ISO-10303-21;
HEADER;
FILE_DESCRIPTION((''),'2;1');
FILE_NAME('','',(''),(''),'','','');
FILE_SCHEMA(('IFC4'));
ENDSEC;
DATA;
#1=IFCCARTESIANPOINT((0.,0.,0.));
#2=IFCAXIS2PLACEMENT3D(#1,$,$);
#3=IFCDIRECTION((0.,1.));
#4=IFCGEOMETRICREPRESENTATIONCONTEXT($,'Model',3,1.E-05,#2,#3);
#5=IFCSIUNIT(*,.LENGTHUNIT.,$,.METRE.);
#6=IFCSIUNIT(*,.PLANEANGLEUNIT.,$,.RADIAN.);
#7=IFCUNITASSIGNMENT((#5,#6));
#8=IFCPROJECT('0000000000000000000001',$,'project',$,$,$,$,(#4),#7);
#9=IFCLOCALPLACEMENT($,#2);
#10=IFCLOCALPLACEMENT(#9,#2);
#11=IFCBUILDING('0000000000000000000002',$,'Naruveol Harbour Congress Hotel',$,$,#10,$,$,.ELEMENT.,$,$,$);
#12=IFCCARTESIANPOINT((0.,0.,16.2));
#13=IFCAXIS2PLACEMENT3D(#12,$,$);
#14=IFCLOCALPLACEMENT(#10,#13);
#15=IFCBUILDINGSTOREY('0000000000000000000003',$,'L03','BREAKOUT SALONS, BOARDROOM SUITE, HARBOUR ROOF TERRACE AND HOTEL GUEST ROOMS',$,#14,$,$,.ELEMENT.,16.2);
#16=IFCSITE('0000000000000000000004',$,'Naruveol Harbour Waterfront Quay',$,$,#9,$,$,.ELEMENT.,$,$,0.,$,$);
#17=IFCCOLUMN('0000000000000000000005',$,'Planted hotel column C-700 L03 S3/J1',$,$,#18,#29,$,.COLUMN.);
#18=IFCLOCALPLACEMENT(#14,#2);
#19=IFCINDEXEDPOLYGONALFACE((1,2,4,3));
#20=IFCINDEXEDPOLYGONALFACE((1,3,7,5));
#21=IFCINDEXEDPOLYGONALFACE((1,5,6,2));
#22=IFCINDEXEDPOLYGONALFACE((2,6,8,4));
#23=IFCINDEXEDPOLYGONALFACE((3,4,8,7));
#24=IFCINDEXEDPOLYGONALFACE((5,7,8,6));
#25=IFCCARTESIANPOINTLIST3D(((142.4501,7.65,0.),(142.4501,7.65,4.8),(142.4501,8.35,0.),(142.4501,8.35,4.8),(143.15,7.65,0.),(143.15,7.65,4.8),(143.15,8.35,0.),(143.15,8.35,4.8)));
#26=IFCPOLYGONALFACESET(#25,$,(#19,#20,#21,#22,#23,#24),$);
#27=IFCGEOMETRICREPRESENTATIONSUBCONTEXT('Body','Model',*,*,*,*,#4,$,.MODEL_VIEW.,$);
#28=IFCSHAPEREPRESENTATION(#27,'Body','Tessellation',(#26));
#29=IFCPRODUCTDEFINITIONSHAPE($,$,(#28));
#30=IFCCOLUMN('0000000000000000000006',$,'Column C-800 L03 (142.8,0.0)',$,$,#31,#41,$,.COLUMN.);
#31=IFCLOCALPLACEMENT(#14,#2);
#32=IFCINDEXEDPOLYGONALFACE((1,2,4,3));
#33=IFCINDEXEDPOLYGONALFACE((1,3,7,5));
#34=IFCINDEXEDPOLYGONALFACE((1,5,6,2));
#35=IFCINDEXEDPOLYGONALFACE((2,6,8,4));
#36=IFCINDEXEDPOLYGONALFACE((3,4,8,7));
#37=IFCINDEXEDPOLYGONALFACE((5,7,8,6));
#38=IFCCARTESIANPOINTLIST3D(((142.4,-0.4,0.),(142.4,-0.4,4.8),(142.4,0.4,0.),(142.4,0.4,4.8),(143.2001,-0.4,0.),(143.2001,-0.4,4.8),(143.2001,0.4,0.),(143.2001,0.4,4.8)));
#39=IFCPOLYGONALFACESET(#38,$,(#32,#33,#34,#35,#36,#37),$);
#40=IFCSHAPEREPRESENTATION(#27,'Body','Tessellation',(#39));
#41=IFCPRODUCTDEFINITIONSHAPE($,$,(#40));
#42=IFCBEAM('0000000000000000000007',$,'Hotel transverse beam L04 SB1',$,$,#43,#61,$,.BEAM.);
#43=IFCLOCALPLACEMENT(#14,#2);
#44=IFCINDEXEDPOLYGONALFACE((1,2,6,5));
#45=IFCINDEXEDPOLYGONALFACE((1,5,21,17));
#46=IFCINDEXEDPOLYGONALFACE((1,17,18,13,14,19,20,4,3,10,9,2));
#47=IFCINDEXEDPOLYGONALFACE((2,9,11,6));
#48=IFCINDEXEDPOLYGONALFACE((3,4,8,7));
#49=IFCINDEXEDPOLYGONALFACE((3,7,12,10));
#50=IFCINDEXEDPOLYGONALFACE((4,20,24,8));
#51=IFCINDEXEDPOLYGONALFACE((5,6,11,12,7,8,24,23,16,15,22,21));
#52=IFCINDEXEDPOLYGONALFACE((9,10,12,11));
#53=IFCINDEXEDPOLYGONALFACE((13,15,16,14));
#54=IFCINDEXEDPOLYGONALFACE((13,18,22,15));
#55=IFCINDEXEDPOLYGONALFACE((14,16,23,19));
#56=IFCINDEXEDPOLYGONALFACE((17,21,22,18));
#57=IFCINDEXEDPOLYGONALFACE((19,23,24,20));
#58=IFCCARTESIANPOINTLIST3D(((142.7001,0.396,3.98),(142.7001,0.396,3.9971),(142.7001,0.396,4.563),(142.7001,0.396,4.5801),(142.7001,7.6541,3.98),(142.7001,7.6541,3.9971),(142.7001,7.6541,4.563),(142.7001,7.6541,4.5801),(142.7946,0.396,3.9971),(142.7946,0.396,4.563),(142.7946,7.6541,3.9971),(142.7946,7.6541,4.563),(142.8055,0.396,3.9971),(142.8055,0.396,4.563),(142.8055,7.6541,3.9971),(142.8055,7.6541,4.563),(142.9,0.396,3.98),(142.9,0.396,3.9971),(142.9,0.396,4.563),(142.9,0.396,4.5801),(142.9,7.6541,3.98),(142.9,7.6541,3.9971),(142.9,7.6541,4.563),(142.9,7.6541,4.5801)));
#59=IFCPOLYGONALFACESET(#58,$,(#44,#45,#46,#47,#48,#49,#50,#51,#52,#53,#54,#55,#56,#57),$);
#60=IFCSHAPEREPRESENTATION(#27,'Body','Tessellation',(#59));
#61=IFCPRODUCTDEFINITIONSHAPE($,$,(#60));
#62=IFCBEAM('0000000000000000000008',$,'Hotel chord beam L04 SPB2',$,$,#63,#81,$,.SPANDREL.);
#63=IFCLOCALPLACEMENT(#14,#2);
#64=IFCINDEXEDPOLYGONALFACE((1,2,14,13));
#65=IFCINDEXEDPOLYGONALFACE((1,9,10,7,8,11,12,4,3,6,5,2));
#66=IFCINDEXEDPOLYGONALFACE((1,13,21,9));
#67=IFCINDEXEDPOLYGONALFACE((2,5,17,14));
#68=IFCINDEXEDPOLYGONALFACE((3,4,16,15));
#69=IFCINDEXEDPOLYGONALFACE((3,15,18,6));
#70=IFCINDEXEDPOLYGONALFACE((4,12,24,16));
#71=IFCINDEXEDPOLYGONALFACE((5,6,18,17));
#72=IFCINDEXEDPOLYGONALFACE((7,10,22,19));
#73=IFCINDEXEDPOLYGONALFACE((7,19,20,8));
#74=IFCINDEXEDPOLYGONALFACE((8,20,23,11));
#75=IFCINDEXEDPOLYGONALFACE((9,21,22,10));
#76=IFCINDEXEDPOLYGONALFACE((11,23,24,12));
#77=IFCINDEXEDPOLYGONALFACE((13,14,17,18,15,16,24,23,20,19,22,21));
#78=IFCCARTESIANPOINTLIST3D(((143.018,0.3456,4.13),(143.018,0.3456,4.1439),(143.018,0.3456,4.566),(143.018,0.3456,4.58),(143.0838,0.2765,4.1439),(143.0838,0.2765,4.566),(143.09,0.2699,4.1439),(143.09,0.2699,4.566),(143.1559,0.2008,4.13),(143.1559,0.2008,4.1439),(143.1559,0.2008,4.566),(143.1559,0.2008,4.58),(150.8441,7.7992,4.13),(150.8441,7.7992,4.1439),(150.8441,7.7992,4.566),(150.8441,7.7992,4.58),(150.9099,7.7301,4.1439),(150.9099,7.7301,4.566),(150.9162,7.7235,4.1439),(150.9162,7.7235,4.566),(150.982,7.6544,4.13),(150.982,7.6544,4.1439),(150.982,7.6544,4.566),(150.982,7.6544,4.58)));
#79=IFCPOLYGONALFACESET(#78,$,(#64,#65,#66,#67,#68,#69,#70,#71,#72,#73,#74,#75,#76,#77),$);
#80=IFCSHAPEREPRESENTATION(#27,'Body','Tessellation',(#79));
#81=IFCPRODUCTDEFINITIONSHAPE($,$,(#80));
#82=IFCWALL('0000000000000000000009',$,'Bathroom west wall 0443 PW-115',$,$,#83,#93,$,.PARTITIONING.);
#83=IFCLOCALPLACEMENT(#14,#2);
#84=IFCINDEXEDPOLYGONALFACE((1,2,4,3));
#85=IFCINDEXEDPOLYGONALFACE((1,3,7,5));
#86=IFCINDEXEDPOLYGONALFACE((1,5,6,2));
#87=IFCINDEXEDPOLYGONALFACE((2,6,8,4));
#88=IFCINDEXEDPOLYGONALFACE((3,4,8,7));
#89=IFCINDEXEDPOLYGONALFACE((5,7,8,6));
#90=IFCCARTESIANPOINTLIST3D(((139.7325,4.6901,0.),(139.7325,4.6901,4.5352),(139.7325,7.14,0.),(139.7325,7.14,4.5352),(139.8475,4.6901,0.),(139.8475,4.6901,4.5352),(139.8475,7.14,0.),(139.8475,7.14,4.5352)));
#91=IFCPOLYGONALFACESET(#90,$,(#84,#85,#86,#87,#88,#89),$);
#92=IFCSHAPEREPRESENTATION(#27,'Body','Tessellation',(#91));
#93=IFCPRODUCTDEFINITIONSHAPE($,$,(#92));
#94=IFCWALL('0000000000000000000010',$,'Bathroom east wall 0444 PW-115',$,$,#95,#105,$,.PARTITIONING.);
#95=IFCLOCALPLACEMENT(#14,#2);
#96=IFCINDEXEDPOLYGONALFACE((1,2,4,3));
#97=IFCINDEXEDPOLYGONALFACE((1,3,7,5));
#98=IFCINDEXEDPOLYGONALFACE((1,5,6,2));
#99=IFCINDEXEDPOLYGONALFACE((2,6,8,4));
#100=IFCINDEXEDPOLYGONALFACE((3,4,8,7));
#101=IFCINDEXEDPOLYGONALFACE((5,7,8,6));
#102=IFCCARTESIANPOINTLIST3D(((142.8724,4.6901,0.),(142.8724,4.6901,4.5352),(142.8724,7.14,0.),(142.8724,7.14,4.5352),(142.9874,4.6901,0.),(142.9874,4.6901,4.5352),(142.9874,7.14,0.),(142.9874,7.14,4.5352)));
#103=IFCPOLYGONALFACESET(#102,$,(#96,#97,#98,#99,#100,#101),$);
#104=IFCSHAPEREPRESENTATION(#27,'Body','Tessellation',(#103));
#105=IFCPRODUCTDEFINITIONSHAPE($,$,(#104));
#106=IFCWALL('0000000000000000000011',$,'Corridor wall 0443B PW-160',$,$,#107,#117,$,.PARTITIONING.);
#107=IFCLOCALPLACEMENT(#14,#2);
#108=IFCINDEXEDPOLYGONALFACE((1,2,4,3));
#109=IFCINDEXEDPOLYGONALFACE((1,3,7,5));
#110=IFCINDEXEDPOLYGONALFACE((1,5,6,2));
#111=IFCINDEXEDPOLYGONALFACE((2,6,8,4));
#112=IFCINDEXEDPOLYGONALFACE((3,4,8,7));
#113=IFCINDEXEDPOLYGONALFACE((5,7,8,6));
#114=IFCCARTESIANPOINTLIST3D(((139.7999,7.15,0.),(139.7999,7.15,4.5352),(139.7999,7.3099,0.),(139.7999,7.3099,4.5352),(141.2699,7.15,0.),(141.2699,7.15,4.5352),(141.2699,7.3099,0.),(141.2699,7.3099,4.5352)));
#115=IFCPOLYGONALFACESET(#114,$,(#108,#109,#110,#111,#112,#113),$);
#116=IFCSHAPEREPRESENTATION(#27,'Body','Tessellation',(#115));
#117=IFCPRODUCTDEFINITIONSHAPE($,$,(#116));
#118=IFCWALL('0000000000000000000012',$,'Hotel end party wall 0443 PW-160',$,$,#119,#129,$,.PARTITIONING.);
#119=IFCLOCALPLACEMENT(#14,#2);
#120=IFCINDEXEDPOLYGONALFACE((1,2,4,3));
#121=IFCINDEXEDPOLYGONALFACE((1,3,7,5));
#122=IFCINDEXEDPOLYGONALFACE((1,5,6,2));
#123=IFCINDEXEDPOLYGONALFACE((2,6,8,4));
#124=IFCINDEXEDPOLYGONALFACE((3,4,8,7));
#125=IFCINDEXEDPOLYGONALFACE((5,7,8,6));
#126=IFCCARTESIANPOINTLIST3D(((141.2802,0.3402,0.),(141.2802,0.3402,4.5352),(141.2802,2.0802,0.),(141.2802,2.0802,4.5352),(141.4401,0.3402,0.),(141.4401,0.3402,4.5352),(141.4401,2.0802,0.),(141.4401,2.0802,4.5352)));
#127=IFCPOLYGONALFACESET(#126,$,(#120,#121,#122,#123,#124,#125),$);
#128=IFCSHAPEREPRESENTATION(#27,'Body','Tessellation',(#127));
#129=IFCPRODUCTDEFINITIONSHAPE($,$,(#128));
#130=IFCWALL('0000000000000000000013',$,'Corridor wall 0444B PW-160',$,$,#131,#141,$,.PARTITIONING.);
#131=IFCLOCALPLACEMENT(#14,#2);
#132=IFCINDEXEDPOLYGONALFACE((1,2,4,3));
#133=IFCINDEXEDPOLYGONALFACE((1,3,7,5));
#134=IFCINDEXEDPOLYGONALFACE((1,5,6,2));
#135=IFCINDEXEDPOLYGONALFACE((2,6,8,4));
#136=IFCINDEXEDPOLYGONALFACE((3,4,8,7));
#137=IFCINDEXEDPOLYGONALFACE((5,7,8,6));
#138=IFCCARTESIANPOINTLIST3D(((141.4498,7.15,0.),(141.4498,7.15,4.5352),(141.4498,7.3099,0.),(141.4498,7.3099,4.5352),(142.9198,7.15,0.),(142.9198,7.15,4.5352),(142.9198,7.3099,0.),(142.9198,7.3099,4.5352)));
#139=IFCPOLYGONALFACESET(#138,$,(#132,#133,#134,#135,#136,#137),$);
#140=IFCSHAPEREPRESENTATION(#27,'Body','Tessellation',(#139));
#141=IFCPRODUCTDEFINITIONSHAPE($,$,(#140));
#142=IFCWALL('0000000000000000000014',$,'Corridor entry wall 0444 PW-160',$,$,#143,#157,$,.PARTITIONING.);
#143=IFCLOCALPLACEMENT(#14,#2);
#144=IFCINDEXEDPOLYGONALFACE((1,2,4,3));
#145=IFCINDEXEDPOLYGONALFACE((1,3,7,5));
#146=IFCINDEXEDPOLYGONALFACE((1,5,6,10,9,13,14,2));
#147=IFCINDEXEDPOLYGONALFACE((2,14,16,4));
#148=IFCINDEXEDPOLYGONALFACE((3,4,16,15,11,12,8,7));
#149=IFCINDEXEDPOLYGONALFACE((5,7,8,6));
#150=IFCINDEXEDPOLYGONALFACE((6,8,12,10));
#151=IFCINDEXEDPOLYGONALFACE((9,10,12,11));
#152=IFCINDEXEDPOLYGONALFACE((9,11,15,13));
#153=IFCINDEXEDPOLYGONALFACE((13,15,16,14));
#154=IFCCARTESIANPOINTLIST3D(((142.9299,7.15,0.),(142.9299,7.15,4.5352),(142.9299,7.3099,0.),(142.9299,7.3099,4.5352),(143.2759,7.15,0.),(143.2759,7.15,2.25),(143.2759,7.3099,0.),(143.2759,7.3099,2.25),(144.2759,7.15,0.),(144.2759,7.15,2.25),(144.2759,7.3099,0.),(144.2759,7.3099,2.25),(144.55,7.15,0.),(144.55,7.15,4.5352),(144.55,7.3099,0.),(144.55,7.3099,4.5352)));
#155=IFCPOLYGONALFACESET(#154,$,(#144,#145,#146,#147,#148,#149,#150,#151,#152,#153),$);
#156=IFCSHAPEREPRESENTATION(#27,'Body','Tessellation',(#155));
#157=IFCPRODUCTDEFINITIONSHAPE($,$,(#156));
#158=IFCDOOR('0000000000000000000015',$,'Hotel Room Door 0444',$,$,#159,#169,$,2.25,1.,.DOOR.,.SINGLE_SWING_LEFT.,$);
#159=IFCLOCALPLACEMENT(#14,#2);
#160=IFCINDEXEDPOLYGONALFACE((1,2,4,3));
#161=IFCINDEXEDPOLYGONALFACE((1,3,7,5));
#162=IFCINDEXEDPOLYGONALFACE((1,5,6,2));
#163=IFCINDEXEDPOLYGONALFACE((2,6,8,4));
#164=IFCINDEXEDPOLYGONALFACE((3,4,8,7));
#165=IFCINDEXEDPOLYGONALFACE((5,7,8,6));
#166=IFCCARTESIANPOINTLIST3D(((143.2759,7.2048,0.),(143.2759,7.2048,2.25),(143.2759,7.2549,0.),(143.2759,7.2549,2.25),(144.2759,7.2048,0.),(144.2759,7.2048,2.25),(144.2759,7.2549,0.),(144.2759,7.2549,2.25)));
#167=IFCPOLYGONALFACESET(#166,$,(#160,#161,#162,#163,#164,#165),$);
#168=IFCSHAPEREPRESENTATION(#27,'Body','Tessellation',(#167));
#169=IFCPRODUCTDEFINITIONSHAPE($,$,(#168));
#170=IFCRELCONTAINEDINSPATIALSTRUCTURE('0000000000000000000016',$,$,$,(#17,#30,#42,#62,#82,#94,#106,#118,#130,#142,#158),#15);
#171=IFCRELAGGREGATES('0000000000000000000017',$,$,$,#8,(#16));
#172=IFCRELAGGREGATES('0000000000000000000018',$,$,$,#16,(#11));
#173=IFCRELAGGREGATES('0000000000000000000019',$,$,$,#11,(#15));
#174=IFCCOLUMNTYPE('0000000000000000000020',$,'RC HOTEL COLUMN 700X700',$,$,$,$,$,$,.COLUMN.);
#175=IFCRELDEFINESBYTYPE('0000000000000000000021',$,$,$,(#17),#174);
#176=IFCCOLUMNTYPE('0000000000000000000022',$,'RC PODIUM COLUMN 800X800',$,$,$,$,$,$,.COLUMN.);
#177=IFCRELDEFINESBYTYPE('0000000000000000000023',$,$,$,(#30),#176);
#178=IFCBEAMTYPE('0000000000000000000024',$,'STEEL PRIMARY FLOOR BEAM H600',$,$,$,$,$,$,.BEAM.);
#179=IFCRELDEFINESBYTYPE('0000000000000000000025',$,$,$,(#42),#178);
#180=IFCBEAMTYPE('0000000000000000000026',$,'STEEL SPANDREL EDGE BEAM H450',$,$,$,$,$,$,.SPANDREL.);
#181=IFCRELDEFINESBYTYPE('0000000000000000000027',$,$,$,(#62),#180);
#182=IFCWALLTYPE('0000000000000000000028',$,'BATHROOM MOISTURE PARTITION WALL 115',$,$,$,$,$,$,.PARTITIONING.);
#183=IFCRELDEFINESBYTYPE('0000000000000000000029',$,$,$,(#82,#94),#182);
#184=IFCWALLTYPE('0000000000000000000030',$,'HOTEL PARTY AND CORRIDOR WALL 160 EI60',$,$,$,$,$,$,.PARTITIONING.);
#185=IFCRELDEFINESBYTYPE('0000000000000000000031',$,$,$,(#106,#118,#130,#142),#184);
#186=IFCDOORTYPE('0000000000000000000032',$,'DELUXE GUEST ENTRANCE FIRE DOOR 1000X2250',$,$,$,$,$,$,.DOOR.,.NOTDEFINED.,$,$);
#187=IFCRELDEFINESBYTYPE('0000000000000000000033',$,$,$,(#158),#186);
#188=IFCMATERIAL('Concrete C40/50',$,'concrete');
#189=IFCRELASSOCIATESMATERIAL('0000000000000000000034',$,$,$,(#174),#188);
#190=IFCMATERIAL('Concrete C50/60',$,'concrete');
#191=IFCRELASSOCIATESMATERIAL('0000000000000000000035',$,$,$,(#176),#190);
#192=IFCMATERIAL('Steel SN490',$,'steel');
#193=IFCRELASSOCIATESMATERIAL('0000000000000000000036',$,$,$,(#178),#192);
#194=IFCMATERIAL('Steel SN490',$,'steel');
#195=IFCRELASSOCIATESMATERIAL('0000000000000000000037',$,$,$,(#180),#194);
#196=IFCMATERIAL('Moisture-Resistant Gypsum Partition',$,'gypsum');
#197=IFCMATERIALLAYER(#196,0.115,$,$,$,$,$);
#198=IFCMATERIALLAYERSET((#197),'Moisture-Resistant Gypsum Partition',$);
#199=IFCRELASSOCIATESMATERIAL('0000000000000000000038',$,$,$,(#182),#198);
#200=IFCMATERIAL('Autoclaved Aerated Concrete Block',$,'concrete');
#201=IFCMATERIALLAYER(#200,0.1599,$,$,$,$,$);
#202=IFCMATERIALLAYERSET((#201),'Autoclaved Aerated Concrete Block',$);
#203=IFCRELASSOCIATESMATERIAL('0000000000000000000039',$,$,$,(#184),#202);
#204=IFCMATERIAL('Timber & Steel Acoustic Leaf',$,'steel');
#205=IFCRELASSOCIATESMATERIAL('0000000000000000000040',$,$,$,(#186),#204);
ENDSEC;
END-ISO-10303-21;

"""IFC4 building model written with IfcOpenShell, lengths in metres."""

from ifc_helpers import new_model, si_unit, direction, frame, frame_2d, origin, origin_2d, place, context, subcontext, project, spatial, rectangle, i_section, extrude, material, layer, layer_set, material_profile, profile_set, type_object, element, fill, save


model = new_model("IFC4")

# Units and contexts
model_context = context("Model", 3, precision=1e-05, world=origin(), true_north=direction((0.0, 1.0)))
body_context = subcontext(model_context, "Body", "Model", "MODEL_VIEW")
ifc_project = project(units=[si_unit("LENGTHUNIT", "METRE"), si_unit("PLANEANGLEUNIT", "RADIAN")], contexts=[model_context])

# Site, building, storey
site_placement = place(None, origin())
site = spatial("IfcSite", under=ifc_project, at=site_placement, Name="Naruveol Harbour Waterfront Quay", CompositionType="ELEMENT", RefElevation=0.0)
building_placement = place(site_placement, origin())
building = spatial("IfcBuilding", under=site, at=building_placement, Name="Naruveol Harbour Congress Hotel", CompositionType="ELEMENT")
storey_placement = place(building_placement, frame((0.0, 0.0, 16.2)))
storey = spatial("IfcBuildingStorey", under=building, at=storey_placement, Name="L03", Description="BREAKOUT SALONS, BOARDROOM SUITE, HARBOUR ROOF TERRACE AND HOTEL GUEST ROOMS", CompositionType="ELEMENT", Elevation=16.2)

# Columns
ifc_material_1 = material(Name="Concrete C40/50", Category="concrete")
ifc_material_profile_1 = material_profile(ifc_material_1, rectangle(XDim=0.7, YDim=0.7, at=origin_2d()), Name="RC-700x700")
ifc_profile_set_1 = profile_set([ifc_material_profile_1], Name="Concrete C40/50")
column_type_1 = type_object("IfcColumnType", Name="RC HOTEL COLUMN 700X700", PredefinedType="COLUMN", material=ifc_profile_set_1)
column_1_placement = place(storey_placement, frame((142.8, 8.0, 0.0), z_axis=(0.0, 0.0, 1.0), x_axis=(1.0, 0.0, 0.0)))
element("IfcColumn", 1, at=column_1_placement, inside=storey, type_object=column_type_1, Name="Planted hotel column C-700 L03 S3/J1", PredefinedType="COLUMN", context=body_context, shape_type="SweptSolid", body=[
    extrude(rectangle(XDim=0.7, YDim=0.7, at=origin_2d()), origin(), (0.0, 0.0, 1.0), 4.8),
])
ifc_material_2 = material(Name="Concrete C50/60", Category="concrete")
ifc_material_profile_2 = material_profile(ifc_material_2, rectangle(XDim=0.8, YDim=0.8, at=origin_2d()), Name="RC-800x800")
ifc_profile_set_2 = profile_set([ifc_material_profile_2], Name="Concrete C50/60")
column_type_2 = type_object("IfcColumnType", Name="RC PODIUM COLUMN 800X800", PredefinedType="COLUMN", material=ifc_profile_set_2)
column_2_placement = place(storey_placement, frame((142.8, 0.0, 0.0), z_axis=(0.0, 0.0, 1.0), x_axis=(1.0, 0.0, 0.0)))
element("IfcColumn", 2, at=column_2_placement, inside=storey, type_object=column_type_2, Name="Column C-800 L03 (142.8,0.0)", PredefinedType="COLUMN", context=body_context, shape_type="SweptSolid", body=[
    extrude(rectangle(XDim=0.8, YDim=0.8, at=origin_2d()), origin(), (0.0, 0.0, 1.0), 4.8),
])

# Beams
ifc_material_3 = material(Name="Steel SN490", Category="steel")
ifc_material_profile_3 = material_profile(ifc_material_3, i_section(OverallWidth=0.2, OverallDepth=0.6001, WebThickness=0.011, FlangeThickness=0.0171, at=origin_2d()), Name="H-600x200x11x17")
ifc_profile_set_3 = profile_set([ifc_material_profile_3], Name="Steel SN490")
beam_type_1 = type_object("IfcBeamType", Name="STEEL PRIMARY FLOOR BEAM H600", PredefinedType="BEAM", material=ifc_profile_set_3)
beam_1_placement = place(storey_placement, frame((142.8, 0.396, 4.28), z_axis=(0.0, 1.0, 0.0), x_axis=(-1.0, 0.0, 0.0)))
element("IfcBeam", 3, at=beam_1_placement, inside=storey, type_object=beam_type_1, Name="Hotel transverse beam L04 SB1", PredefinedType="BEAM", context=body_context, shape_type="SweptSolid", body=[
    extrude(i_section(OverallWidth=0.2, OverallDepth=0.6001, WebThickness=0.011, FlangeThickness=0.0171, at=origin_2d()), origin(), (0.0, 0.0, 1.0), 7.2581),
])
ifc_material_4 = material(Name="Steel SN490", Category="steel")
ifc_material_profile_4 = material_profile(ifc_material_4, i_section(OverallWidth=0.2, OverallDepth=0.45, WebThickness=0.009, FlangeThickness=0.0139, at=origin_2d()), Name="H-450x200x9x14")
ifc_profile_set_4 = profile_set([ifc_material_profile_4], Name="Steel SN490")
beam_type_2 = type_object("IfcBeamType", Name="STEEL SPANDREL EDGE BEAM H450", PredefinedType="SPANDREL", material=ifc_profile_set_4)
beam_2_placement = place(storey_placement, frame((143.0869, 0.2732, 4.355), z_axis=(0.724133, 0.689661, 0.0), x_axis=(-0.689661, 0.724133, 0.0)))
element("IfcBeam", 4, at=beam_2_placement, inside=storey, type_object=beam_type_2, Name="Hotel chord beam L04 SPB2", PredefinedType="SPANDREL", context=body_context, shape_type="SweptSolid", body=[
    extrude(i_section(OverallWidth=0.2, OverallDepth=0.45, WebThickness=0.009, FlangeThickness=0.0139, at=origin_2d()), origin(), (0.0, 0.0, 1.0), 10.8076),
])

# Wall
ifc_material_5 = material(Name="Moisture-Resistant Gypsum Partition", Category="gypsum")
ifc_layer_1 = layer(ifc_material_5, 0.115)
ifc_layer_set_1 = layer_set([ifc_layer_1], Name="Moisture-Resistant Gypsum Partition")
wall_type_1 = type_object("IfcWallType", Name="BATHROOM MOISTURE PARTITION WALL 115", PredefinedType="PARTITIONING", material=ifc_layer_set_1)
wall_1_placement = place(storey_placement, frame((139.79, 4.6899, 0.0), z_axis=(0.0, 0.0, 1.0), x_axis=(0.0, 1.0, 0.0)))
element("IfcWall", 5, at=wall_1_placement, inside=storey, type_object=wall_type_1, Name="Bathroom west wall 0443 PW-115", PredefinedType="PARTITIONING", context=body_context, shape_type="SweptSolid", body=[
    extrude(rectangle(XDim=2.45, YDim=0.115, at=frame_2d((1.2251, 0.0))), origin(), (0.0, 0.0, 1.0), 4.5352),
])

# Wall
wall_2_placement = place(storey_placement, frame((142.9299, 4.6899, 0.0), z_axis=(0.0, 0.0, 1.0), x_axis=(0.0, 1.0, 0.0)))
element("IfcWall", 6, at=wall_2_placement, inside=storey, type_object=wall_type_1, Name="Bathroom east wall 0444 PW-115", PredefinedType="PARTITIONING", context=body_context, shape_type="SweptSolid", body=[
    extrude(rectangle(XDim=2.45, YDim=0.115, at=frame_2d((1.2251, 0.0))), origin(), (0.0, 0.0, 1.0), 4.5352),
])

# Walls
ifc_material_6 = material(Name="Autoclaved Aerated Concrete Block", Category="concrete")
ifc_layer_2 = layer(ifc_material_6, 0.1599)
ifc_layer_set_2 = layer_set([ifc_layer_2], Name="Autoclaved Aerated Concrete Block")
wall_type_2 = type_object("IfcWallType", Name="HOTEL PARTY AND CORRIDOR WALL 160 EI60", PredefinedType="PARTITIONING", material=ifc_layer_set_2)
wall_3_placement = place(storey_placement, frame((139.8, 7.23, 0.0), z_axis=(0.0, 0.0, 1.0), x_axis=(1.0, 0.0, 0.0)))
element("IfcWall", 7, at=wall_3_placement, inside=storey, type_object=wall_type_2, Name="Corridor wall 0443B PW-160", PredefinedType="PARTITIONING", context=body_context, shape_type="SweptSolid", body=[
    extrude(rectangle(XDim=1.47, YDim=0.1599, at=frame_2d((0.7349, 0.0))), origin(), (0.0, 0.0, 1.0), 4.5352),
])
wall_4_placement = place(storey_placement, frame((141.3601, 0.3401, 0.0), z_axis=(0.0, 0.0, 1.0), x_axis=(0.0, 1.0, 0.0)))
element("IfcWall", 8, at=wall_4_placement, inside=storey, type_object=wall_type_2, Name="Hotel end party wall 0443 PW-160", PredefinedType="PARTITIONING", context=body_context, shape_type="SweptSolid", body=[
    extrude(rectangle(XDim=1.74, YDim=0.1599, at=frame_2d((0.8701, 0.0))), origin(), (0.0, 0.0, 1.0), 4.5352),
])
wall_5_placement = place(storey_placement, frame((141.45, 7.23, 0.0), z_axis=(0.0, 0.0, 1.0), x_axis=(1.0, 0.0, 0.0)))
element("IfcWall", 9, at=wall_5_placement, inside=storey, type_object=wall_type_2, Name="Corridor wall 0444B PW-160", PredefinedType="PARTITIONING", context=body_context, shape_type="SweptSolid", body=[
    extrude(rectangle(XDim=1.47, YDim=0.1599, at=frame_2d((0.7349, 0.0))), origin(), (0.0, 0.0, 1.0), 4.5352),
])

# Wall, opening, door
wall_6_placement = place(storey_placement, frame((142.9299, 7.23, 0.0), z_axis=(0.0, 0.0, 1.0), x_axis=(1.0, 0.0, 0.0)))
wall_6 = element("IfcWall", 10, at=wall_6_placement, inside=storey, type_object=wall_type_2, Name="Corridor entry wall 0444 PW-160", PredefinedType="PARTITIONING", context=body_context, shape_type="SweptSolid", body=[
    extrude(rectangle(XDim=1.6201, YDim=0.1599, at=frame_2d((0.8101, 0.0))), origin(), (0.0, 0.0, 1.0), 4.5352),
])
opening_1_placement = place(wall_6_placement, frame((0.3459, 0.0, 0.0)))
opening_1 = element("IfcOpeningElement", 11, at=opening_1_placement, cuts=wall_6, PredefinedType="OPENING", context=body_context, shape_type="SweptSolid", body=[
    extrude(rectangle(XDim=1.0, YDim=2.25, at=frame_2d((0.5, 1.125))), frame((0.0, 0.0898, 0.0), z_axis=(0.0, -1.0, 0.0), x_axis=(1.0, 0.0, 0.0)), (0.0, 0.0, 1.0), 0.1799),
])
ifc_material_7 = material(Name="Timber & Steel Acoustic Leaf", Category="steel")
door_type_1 = type_object("IfcDoorType", Name="DELUXE GUEST ENTRANCE FIRE DOOR 1000X2250", OperationType="NOTDEFINED", PredefinedType="DOOR", material=ifc_material_7)
door_1_placement = place(opening_1_placement, origin())
door_1 = element("IfcDoor", 12, at=door_1_placement, inside=storey, type_object=door_type_1, Name="Hotel Room Door 0444", OperationType="SINGLE_SWING_LEFT", OverallHeight=2.25, OverallWidth=1.0, PredefinedType="DOOR", context=body_context, shape_type="SweptSolid", body=[
    extrude(rectangle(XDim=1.0, YDim=2.25, at=frame_2d((0.5, 1.125))), frame((0.0, 0.0249, 0.0), z_axis=(0.0, -1.0, 0.0), x_axis=(1.0, 0.0, 0.0)), (0.0, 0.0, 1.0), 0.05),
])
fill(opening_1, door_1)

save(model, "model.ifc")
